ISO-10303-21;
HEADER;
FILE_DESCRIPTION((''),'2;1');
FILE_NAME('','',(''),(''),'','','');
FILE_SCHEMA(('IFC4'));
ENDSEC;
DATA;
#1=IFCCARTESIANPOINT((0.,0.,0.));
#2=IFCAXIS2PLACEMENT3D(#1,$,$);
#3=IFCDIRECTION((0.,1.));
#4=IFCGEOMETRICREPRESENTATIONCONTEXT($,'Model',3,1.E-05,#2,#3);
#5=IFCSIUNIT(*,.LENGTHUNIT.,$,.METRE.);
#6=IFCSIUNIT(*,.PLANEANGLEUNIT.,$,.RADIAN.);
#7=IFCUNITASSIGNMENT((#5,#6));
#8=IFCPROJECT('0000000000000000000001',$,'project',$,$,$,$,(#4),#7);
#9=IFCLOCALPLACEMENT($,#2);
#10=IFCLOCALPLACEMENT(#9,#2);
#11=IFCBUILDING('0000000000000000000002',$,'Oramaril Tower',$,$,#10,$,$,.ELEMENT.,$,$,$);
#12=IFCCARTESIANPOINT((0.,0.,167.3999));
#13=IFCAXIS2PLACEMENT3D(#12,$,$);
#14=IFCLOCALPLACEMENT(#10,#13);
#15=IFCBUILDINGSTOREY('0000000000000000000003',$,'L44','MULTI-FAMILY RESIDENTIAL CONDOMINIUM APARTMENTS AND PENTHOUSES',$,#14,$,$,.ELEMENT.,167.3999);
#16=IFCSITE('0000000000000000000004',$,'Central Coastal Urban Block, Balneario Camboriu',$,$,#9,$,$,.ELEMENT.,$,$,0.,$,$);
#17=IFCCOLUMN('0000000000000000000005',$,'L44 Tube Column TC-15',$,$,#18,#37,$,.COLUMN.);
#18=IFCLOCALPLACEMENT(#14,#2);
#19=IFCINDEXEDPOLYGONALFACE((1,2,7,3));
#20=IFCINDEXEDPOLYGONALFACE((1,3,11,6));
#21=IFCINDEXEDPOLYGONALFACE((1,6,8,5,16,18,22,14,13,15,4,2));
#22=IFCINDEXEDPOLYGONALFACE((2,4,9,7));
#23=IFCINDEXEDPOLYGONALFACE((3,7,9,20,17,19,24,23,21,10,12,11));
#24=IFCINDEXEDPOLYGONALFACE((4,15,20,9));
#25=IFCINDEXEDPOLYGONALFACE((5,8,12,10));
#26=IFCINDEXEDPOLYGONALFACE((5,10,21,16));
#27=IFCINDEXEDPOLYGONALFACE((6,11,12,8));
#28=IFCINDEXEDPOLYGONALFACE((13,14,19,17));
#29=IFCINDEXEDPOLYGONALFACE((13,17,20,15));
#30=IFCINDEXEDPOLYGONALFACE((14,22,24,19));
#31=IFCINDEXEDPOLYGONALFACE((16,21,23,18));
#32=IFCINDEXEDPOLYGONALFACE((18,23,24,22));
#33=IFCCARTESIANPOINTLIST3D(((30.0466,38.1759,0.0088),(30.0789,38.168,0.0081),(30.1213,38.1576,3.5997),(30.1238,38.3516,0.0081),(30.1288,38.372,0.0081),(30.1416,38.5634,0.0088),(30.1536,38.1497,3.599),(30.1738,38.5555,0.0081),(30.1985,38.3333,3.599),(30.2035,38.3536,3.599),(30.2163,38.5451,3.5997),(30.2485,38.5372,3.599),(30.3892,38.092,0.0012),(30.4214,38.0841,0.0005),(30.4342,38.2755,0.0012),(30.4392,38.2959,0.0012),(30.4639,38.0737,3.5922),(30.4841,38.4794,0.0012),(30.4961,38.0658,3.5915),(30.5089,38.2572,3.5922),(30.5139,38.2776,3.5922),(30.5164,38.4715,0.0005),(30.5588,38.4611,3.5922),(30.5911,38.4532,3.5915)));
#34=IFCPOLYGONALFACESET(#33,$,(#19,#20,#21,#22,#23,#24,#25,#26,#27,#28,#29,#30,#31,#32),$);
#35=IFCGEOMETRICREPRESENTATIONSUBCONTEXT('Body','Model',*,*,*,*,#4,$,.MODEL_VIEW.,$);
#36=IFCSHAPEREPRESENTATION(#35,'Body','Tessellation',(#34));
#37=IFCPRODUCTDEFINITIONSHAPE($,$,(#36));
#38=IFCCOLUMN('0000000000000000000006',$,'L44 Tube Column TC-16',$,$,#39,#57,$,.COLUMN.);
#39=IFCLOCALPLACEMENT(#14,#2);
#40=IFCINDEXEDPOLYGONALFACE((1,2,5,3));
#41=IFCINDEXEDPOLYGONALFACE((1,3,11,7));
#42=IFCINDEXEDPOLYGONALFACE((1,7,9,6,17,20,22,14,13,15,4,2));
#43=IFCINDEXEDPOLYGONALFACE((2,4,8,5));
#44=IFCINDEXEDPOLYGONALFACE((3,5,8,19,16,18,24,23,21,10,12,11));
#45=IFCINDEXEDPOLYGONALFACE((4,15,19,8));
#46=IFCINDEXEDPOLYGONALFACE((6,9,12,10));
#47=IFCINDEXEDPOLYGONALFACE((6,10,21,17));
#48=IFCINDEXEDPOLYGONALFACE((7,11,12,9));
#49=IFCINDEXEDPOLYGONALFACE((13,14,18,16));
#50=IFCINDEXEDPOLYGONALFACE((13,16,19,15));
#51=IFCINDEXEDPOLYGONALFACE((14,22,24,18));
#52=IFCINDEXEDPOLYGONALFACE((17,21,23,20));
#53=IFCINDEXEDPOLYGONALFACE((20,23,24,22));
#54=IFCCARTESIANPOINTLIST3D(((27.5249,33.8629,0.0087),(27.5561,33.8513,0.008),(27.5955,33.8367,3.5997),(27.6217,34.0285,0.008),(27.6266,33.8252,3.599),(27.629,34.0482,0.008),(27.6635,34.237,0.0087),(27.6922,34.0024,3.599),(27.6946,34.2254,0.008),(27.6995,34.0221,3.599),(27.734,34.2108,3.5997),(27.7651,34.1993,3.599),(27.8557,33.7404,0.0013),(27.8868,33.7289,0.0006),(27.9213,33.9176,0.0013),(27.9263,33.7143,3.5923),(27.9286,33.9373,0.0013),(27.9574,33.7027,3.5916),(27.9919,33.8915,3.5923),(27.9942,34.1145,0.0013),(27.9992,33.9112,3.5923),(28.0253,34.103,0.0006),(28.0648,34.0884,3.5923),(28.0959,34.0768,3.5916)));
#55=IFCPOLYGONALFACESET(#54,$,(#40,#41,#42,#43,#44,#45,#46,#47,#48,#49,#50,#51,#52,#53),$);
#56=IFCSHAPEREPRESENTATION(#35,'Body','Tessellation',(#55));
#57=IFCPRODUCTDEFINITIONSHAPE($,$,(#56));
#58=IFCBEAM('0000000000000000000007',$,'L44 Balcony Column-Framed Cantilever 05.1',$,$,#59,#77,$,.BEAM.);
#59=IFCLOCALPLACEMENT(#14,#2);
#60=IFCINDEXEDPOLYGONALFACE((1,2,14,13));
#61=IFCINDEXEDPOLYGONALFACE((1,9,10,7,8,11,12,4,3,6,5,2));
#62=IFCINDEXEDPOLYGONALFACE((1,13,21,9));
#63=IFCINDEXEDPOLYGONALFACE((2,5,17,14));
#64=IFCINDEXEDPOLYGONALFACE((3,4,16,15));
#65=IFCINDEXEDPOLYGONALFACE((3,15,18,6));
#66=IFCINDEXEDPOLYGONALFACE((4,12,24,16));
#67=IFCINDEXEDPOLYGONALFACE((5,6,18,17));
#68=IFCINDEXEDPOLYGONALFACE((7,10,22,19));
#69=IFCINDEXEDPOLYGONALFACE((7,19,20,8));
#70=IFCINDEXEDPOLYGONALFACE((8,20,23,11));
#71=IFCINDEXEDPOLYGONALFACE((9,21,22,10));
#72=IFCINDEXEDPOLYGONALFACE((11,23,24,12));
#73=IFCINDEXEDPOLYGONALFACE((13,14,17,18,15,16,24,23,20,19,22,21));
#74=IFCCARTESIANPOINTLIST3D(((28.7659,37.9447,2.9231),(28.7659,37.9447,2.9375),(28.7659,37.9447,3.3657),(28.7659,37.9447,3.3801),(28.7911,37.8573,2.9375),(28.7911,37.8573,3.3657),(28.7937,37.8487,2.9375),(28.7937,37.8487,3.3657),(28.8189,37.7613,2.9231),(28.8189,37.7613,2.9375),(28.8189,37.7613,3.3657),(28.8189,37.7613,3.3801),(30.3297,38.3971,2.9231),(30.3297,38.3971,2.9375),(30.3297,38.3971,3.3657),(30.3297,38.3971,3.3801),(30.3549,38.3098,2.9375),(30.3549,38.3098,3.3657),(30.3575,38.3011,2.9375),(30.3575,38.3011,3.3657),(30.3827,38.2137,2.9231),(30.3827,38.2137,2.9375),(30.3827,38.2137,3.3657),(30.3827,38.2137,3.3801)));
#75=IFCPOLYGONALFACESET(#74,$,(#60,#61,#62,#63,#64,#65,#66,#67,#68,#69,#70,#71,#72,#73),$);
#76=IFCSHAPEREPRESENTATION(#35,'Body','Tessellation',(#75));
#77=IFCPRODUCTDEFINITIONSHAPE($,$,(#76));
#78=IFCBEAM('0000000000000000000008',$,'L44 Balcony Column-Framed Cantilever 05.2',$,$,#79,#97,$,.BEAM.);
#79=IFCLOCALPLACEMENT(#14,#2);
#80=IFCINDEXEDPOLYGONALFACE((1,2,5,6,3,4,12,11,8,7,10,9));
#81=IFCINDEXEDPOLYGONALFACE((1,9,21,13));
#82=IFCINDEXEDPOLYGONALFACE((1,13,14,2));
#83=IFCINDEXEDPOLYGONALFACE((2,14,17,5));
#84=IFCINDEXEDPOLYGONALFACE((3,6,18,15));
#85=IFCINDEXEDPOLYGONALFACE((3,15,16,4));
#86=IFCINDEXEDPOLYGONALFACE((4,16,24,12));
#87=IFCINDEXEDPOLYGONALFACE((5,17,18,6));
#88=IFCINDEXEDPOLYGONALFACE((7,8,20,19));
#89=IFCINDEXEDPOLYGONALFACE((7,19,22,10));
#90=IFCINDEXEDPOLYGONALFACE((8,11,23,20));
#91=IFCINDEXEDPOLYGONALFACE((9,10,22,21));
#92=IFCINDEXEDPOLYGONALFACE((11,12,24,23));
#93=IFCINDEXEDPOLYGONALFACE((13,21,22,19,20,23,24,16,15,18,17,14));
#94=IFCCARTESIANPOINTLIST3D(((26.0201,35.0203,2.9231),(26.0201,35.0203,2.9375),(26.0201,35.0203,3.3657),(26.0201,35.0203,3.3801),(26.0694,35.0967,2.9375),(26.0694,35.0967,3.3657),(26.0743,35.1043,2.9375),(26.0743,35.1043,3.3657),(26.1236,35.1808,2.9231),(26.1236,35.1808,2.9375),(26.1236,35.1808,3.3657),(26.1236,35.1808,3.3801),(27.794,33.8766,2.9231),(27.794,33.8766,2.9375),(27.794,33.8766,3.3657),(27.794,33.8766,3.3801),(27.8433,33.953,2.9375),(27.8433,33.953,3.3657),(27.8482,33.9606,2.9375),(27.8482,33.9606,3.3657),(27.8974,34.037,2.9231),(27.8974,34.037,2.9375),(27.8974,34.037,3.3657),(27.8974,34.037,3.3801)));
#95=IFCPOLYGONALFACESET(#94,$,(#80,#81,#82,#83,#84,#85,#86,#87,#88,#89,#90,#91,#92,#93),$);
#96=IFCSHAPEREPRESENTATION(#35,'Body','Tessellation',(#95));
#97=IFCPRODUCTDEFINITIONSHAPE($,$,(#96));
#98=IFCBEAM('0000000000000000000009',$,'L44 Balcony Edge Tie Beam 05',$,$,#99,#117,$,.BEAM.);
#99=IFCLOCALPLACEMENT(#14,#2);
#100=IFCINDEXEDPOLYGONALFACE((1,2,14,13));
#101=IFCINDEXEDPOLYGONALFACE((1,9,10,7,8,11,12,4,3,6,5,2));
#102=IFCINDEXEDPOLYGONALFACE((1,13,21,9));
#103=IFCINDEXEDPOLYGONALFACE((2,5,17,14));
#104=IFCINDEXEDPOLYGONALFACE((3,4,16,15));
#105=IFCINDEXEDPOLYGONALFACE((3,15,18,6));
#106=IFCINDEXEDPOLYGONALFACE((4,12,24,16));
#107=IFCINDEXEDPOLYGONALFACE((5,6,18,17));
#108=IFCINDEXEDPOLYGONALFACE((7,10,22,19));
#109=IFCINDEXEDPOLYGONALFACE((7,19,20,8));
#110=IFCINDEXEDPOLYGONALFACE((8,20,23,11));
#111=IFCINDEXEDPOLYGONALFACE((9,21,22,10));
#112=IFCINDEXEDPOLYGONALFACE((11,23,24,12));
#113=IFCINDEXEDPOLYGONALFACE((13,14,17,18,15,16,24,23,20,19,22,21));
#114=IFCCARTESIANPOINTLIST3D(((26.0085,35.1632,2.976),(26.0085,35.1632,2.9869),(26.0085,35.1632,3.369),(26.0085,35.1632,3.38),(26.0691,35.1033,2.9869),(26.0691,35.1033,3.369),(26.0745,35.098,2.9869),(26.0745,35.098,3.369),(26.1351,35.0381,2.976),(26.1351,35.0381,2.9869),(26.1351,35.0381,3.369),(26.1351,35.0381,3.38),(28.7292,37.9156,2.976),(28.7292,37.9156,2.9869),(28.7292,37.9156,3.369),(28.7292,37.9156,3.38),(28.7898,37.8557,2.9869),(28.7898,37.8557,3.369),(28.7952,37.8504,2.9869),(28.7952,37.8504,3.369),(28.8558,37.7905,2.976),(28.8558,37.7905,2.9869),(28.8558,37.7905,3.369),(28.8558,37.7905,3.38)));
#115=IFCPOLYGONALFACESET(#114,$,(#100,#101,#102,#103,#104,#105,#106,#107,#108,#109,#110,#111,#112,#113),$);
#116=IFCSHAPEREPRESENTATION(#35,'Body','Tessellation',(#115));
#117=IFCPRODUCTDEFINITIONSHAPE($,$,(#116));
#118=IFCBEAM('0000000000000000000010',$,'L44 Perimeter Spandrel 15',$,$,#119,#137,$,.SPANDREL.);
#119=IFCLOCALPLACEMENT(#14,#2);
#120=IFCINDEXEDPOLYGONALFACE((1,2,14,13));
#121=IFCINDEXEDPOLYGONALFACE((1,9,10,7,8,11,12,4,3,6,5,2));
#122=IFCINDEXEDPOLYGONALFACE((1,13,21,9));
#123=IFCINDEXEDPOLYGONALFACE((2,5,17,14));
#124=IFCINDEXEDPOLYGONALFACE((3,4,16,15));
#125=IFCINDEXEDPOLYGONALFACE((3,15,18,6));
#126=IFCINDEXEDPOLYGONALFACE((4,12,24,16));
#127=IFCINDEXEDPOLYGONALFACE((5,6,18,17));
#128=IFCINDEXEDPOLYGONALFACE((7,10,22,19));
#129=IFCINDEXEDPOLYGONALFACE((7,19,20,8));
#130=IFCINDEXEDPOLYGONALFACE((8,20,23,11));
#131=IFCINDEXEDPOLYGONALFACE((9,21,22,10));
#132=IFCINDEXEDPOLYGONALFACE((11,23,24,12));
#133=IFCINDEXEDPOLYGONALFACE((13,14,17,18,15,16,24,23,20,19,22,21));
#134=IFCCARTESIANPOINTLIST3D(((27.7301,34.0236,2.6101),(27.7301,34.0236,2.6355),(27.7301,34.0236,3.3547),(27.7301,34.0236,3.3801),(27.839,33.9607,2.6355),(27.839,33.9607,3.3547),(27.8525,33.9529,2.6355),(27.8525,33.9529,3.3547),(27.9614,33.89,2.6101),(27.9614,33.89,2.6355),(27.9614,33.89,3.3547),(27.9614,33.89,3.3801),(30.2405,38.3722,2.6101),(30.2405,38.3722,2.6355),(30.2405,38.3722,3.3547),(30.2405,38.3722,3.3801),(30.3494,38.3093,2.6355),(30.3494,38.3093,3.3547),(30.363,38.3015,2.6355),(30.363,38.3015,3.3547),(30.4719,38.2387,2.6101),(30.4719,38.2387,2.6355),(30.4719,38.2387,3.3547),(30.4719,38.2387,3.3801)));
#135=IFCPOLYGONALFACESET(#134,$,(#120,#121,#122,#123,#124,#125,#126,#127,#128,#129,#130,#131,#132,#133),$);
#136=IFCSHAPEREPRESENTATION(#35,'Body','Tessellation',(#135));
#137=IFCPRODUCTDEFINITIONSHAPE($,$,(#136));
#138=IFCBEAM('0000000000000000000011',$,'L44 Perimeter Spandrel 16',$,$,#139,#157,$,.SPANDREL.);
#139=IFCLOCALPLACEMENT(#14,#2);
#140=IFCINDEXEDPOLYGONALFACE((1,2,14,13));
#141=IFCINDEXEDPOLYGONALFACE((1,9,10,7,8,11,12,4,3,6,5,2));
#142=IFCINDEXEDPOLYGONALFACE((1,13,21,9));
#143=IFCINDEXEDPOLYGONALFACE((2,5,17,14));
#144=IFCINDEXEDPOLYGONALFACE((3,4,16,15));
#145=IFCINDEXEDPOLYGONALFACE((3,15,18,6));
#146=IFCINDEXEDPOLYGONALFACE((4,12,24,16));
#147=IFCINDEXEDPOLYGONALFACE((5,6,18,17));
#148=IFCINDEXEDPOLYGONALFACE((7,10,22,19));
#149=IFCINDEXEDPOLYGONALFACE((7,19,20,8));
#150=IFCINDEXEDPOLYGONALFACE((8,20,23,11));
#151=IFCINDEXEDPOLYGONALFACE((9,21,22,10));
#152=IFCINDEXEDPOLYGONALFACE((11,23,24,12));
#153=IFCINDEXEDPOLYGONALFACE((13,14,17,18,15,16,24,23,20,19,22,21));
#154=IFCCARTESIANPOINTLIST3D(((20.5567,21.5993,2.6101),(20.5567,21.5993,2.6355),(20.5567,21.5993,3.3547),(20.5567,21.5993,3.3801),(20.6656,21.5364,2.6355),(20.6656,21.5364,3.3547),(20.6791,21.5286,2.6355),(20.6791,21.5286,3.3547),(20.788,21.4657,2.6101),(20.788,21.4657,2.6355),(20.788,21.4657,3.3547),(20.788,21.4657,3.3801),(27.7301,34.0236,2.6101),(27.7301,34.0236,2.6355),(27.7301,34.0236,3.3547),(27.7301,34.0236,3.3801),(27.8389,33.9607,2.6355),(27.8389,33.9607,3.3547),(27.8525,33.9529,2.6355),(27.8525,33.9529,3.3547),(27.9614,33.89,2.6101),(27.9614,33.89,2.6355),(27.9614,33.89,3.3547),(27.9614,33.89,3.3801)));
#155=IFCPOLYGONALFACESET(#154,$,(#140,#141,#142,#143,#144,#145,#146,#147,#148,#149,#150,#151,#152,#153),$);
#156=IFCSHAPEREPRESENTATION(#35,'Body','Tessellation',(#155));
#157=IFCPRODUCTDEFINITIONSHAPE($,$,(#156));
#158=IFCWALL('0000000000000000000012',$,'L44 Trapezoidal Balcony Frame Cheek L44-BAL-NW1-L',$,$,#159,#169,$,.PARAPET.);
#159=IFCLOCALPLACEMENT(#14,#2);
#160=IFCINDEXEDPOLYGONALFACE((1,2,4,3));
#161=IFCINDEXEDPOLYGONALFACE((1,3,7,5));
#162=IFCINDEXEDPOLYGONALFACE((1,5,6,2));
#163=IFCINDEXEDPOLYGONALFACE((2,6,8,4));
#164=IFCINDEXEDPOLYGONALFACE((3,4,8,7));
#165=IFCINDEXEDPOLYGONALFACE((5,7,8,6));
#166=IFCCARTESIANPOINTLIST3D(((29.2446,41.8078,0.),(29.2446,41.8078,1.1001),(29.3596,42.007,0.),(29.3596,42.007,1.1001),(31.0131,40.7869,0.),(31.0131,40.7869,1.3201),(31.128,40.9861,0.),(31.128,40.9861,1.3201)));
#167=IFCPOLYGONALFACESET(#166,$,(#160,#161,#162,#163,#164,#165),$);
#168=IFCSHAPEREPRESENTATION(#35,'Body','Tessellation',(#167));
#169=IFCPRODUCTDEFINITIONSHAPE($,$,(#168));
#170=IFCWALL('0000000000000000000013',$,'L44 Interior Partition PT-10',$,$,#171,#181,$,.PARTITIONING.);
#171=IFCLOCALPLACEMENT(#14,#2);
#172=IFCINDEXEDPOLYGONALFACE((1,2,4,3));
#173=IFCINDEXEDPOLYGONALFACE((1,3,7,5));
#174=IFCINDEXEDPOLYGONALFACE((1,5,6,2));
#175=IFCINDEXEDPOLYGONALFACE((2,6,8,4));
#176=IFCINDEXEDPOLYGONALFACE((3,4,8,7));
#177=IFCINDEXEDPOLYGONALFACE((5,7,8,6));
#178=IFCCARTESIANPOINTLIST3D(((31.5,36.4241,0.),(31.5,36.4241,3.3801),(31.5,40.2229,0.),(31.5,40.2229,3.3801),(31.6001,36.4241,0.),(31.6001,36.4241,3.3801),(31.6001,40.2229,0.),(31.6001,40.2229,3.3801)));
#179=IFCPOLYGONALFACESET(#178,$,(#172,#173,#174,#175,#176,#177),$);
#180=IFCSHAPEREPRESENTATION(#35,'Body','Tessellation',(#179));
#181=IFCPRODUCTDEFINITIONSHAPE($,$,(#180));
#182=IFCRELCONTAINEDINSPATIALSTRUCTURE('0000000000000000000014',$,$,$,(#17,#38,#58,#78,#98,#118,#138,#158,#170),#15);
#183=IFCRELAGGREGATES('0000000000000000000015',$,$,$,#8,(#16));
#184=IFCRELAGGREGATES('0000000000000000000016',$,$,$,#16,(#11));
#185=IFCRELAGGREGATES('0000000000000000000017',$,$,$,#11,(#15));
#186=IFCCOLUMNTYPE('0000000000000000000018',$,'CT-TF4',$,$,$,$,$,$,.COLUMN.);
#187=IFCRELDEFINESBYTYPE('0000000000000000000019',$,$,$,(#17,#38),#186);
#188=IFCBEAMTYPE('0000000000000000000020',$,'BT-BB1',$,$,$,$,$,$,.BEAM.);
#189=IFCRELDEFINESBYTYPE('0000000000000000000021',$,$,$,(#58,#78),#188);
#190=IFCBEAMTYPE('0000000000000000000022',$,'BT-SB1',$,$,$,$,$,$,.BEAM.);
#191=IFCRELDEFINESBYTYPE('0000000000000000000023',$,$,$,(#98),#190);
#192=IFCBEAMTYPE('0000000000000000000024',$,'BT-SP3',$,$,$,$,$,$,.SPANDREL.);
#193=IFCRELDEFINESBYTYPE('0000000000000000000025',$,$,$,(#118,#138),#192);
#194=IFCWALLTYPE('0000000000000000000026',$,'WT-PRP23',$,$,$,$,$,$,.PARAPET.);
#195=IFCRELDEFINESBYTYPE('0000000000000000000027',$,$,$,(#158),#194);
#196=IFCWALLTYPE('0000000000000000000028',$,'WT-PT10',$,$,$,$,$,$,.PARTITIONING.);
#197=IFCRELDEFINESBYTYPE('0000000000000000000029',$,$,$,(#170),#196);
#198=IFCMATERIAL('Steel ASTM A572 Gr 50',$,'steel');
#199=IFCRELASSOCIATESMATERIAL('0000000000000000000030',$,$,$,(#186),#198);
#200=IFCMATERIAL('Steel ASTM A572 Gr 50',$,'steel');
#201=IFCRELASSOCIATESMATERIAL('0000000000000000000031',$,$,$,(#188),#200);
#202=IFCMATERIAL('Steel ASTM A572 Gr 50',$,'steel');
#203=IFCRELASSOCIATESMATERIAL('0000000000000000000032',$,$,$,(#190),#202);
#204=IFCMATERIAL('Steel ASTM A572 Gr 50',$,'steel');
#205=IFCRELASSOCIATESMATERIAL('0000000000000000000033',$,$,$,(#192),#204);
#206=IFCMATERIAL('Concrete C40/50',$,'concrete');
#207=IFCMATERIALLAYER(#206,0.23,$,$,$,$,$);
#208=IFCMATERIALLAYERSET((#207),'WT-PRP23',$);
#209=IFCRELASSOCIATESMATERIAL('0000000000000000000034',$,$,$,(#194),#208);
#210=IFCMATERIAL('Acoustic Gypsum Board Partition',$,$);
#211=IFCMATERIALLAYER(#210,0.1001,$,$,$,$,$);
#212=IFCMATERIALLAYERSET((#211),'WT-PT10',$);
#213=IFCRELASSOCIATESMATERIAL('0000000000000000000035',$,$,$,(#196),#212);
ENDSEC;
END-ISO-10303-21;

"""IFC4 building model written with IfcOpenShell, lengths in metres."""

from ifc_helpers import new_model, si_unit, direction, frame, frame_2d, origin, origin_2d, place, context, subcontext, project, spatial, polyline, rectangle, i_section, outline, extrude, material, layer, layer_set, material_profile, profile_set, type_object, element, save


model = new_model("IFC4")

# Units and contexts
model_context = context("Model", 3, precision=1e-05, world=origin(), true_north=direction((0.0, 1.0)))
body_context = subcontext(model_context, "Body", "Model", "MODEL_VIEW")
ifc_project = project(units=[si_unit("LENGTHUNIT", "METRE"), si_unit("PLANEANGLEUNIT", "RADIAN")], contexts=[model_context])

# Site, building, storey
site_placement = place(None, origin())
site = spatial("IfcSite", under=ifc_project, at=site_placement, Name="Central Coastal Urban Block, Balneario Camboriu", CompositionType="ELEMENT", RefElevation=0.0)
building_placement = place(site_placement, origin())
building = spatial("IfcBuilding", under=site, at=building_placement, Name="Oramaril Tower", CompositionType="ELEMENT")
storey_placement = place(building_placement, frame((0.0, 0.0, 167.3999)))
storey = spatial("IfcBuildingStorey", under=building, at=storey_placement, Name="L44", Description="MULTI-FAMILY RESIDENTIAL CONDOMINIUM APARTMENTS AND PENTHOUSES", CompositionType="ELEMENT", Elevation=167.3999)

# Columns
ifc_material_1 = material(Name="Steel ASTM A572 Gr 50", Category="steel")
ifc_material_profile_1 = material_profile(ifc_material_1, i_section(OverallWidth=0.3989, OverallDepth=0.386, WebThickness=0.021, FlangeThickness=0.0332, at=origin_2d()), Name="W14X176")
ifc_profile_set_1 = profile_set([ifc_material_profile_1], Name="Steel ASTM A572 Gr 50")
column_type = type_object("IfcColumnType", Name="CT-TF4", PredefinedType="COLUMN", material=ifc_profile_set_1)
for number, where, z_axis, x_axis, name in (
    (1, (30.2815, 38.3237, 0.0046), (0.020799, -0.005098, 0.999771), (0.238052, 0.971252, 0.0), "L44 Tube Column TC-15"),
    (2, (27.7751, 33.9829, 0.0046), (0.019644, -0.007273, 0.999781), (0.347209, 0.937788, 0.0), "L44 Tube Column TC-16"),
):
    element("IfcColumn", number, at=place(storey_placement, frame(where, z_axis=z_axis, x_axis=x_axis)), inside=storey, type_object=column_type, Name=name, PredefinedType="COLUMN", context=body_context, shape_type="SweptSolid", body=[
        extrude(i_section(OverallWidth=0.3989, OverallDepth=0.386, WebThickness=0.021, FlangeThickness=0.0332, at=origin_2d()), origin(), (0.0, 0.0, 1.0), 3.5918),
    ])

# Beams
ifc_material_2 = material(Name="Steel ASTM A572 Gr 50", Category="steel")
ifc_material_profile_2 = material_profile(ifc_material_2, i_section(OverallWidth=0.1909, OverallDepth=0.457, WebThickness=0.009, FlangeThickness=0.0144, at=origin_2d()), Name="W18X50")
ifc_profile_set_2 = profile_set([ifc_material_profile_2], Name="Steel ASTM A572 Gr 50")
beam_type_1 = type_object("IfcBeamType", Name="BT-BB1", PredefinedType="BEAM", material=ifc_profile_set_2)
beam_1_placement = place(storey_placement, frame((30.3562, 38.3054, 3.1516), z_axis=(-0.960607, -0.277909, 0.0), x_axis=(0.277909, -0.960607, 0.0)))
element("IfcBeam", 3, at=beam_1_placement, inside=storey, type_object=beam_type_1, Name="L44 Balcony Column-Framed Cantilever 05.1", PredefinedType="BEAM", context=body_context, shape_type="SweptSolid", body=[
    extrude(i_section(OverallWidth=0.1909, OverallDepth=0.457, WebThickness=0.009, FlangeThickness=0.0144, at=origin_2d()), origin(), (0.0, 0.0, 1.0), 1.6279),
])
beam_2_placement = place(storey_placement, frame((27.8457, 33.9568, 3.1516), z_axis=(-0.840441, 0.541903, 0.0), x_axis=(-0.541903, -0.840441, 0.0)))
element("IfcBeam", 4, at=beam_2_placement, inside=storey, type_object=beam_type_1, Name="L44 Balcony Column-Framed Cantilever 05.2", PredefinedType="BEAM", context=body_context, shape_type="SweptSolid", body=[
    extrude(i_section(OverallWidth=0.1909, OverallDepth=0.457, WebThickness=0.009, FlangeThickness=0.0144, at=origin_2d()), origin(), (0.0, 0.0, 1.0), 2.1106),
])
ifc_material_3 = material(Name="Steel ASTM A572 Gr 50", Category="steel")
ifc_material_profile_3 = material_profile(ifc_material_3, i_section(OverallWidth=0.178, OverallDepth=0.4041, WebThickness=0.0076, FlangeThickness=0.011, at=origin_2d()), Name="W16X36")
ifc_profile_set_3 = profile_set([ifc_material_profile_3], Name="Steel ASTM A572 Gr 50")
beam_type_2 = type_object("IfcBeamType", Name="BT-SB1", PredefinedType="BEAM", material=ifc_profile_set_3)
beam_3_placement = place(storey_placement, frame((28.7925, 37.853, 3.178), z_axis=(-0.702995, -0.711195, 0.0), x_axis=(0.711195, -0.702995, 0.0)))
element("IfcBeam", 5, at=beam_3_placement, inside=storey, type_object=beam_type_2, Name="L44 Balcony Edge Tie Beam 05", PredefinedType="BEAM", context=body_context, shape_type="SweptSolid", body=[
    extrude(i_section(OverallWidth=0.178, OverallDepth=0.4041, WebThickness=0.0076, FlangeThickness=0.011, at=origin_2d()), origin(), (0.0, 0.0, 1.0), 3.8701),
])
ifc_material_4 = material(Name="Steel ASTM A572 Gr 50", Category="steel")
ifc_material_profile_4 = material_profile(ifc_material_4, i_section(OverallWidth=0.2671, OverallDepth=0.77, WebThickness=0.0156, FlangeThickness=0.0254, at=origin_2d()), Name="W30X132")
ifc_profile_set_4 = profile_set([ifc_material_profile_4], Name="Steel ASTM A572 Gr 50")
beam_type_3 = type_object("IfcBeamType", Name="BT-SP3", PredefinedType="SPANDREL", material=ifc_profile_set_4)
beam_4_placement = place(storey_placement, frame((30.3562, 38.3054, 2.9951), z_axis=(-0.499972, -0.866041, 0.0), x_axis=(0.866041, -0.499972, 0.0)))
element("IfcBeam", 6, at=beam_4_placement, inside=storey, type_object=beam_type_3, Name="L44 Perimeter Spandrel 15", PredefinedType="SPANDREL", context=body_context, shape_type="SweptSolid", body=[
    extrude(i_section(OverallWidth=0.2671, OverallDepth=0.77, WebThickness=0.0156, FlangeThickness=0.0254, at=origin_2d()), origin(), (0.0, 0.0, 1.0), 5.0212),
])
beam_5_placement = place(storey_placement, frame((27.8457, 33.9568, 2.9951), z_axis=(-0.500008, -0.866021, 0.0), x_axis=(0.866021, -0.500008, 0.0)))
element("IfcBeam", 7, at=beam_5_placement, inside=storey, type_object=beam_type_3, Name="L44 Perimeter Spandrel 16", PredefinedType="SPANDREL", context=body_context, shape_type="SweptSolid", body=[
    extrude(i_section(OverallWidth=0.2671, OverallDepth=0.77, WebThickness=0.0156, FlangeThickness=0.0254, at=origin_2d()), origin(), (0.0, 0.0, 1.0), 14.3464),
])

# Walls
ifc_material_5 = material(Name="Concrete C40/50", Category="concrete")
ifc_layer_1 = layer(ifc_material_5, 0.23)
ifc_layer_set_1 = layer_set([ifc_layer_1], Name="WT-PRP23")
wall_type_1 = type_object("IfcWallType", Name="WT-PRP23", PredefinedType="PARAPET", material=ifc_layer_set_1)
wall_1_placement = place(storey_placement, frame((31.0706, 40.8865, 0.0), z_axis=(0.0, 0.0, 1.0), x_axis=(-0.866042, 0.499971, 0.0)))
element("IfcWall", 8, at=wall_1_placement, inside=storey, type_object=wall_type_1, Name="L44 Trapezoidal Balcony Frame Cheek L44-BAL-NW1-L", PredefinedType="PARAPET", context=body_context, shape_type="SweptSolid", body=[
    extrude(outline(polyline([(0.0, 0.0), (2.042, 0.0), (2.042, 1.1001), (0.0, 1.3201), (0.0, 0.0)])), frame((0.0, 0.115, 0.0), z_axis=(0.0, -1.0, 0.0), x_axis=(1.0, 0.0, 0.0)), (0.0, 0.0, 1.0), 0.23),
])
ifc_material_6 = material(Name="Acoustic Gypsum Board Partition")
ifc_layer_2 = layer(ifc_material_6, 0.1001)
ifc_layer_set_2 = layer_set([ifc_layer_2], Name="WT-PT10")
wall_type_2 = type_object("IfcWallType", Name="WT-PT10", PredefinedType="PARTITIONING", material=ifc_layer_set_2)
wall_2_placement = place(storey_placement, frame((31.55, 36.4241, 0.0), z_axis=(0.0, 0.0, 1.0), x_axis=(0.0, 1.0, 0.0)))
element("IfcWall", 9, at=wall_2_placement, inside=storey, type_object=wall_type_2, Name="L44 Interior Partition PT-10", PredefinedType="PARTITIONING", context=body_context, shape_type="SweptSolid", body=[
    extrude(rectangle(XDim=3.7988, YDim=0.1001, at=frame_2d((1.8994, 0.0))), origin(), (0.0, 0.0, 1.0), 3.3801),
])

save(model, "model.ifc")
